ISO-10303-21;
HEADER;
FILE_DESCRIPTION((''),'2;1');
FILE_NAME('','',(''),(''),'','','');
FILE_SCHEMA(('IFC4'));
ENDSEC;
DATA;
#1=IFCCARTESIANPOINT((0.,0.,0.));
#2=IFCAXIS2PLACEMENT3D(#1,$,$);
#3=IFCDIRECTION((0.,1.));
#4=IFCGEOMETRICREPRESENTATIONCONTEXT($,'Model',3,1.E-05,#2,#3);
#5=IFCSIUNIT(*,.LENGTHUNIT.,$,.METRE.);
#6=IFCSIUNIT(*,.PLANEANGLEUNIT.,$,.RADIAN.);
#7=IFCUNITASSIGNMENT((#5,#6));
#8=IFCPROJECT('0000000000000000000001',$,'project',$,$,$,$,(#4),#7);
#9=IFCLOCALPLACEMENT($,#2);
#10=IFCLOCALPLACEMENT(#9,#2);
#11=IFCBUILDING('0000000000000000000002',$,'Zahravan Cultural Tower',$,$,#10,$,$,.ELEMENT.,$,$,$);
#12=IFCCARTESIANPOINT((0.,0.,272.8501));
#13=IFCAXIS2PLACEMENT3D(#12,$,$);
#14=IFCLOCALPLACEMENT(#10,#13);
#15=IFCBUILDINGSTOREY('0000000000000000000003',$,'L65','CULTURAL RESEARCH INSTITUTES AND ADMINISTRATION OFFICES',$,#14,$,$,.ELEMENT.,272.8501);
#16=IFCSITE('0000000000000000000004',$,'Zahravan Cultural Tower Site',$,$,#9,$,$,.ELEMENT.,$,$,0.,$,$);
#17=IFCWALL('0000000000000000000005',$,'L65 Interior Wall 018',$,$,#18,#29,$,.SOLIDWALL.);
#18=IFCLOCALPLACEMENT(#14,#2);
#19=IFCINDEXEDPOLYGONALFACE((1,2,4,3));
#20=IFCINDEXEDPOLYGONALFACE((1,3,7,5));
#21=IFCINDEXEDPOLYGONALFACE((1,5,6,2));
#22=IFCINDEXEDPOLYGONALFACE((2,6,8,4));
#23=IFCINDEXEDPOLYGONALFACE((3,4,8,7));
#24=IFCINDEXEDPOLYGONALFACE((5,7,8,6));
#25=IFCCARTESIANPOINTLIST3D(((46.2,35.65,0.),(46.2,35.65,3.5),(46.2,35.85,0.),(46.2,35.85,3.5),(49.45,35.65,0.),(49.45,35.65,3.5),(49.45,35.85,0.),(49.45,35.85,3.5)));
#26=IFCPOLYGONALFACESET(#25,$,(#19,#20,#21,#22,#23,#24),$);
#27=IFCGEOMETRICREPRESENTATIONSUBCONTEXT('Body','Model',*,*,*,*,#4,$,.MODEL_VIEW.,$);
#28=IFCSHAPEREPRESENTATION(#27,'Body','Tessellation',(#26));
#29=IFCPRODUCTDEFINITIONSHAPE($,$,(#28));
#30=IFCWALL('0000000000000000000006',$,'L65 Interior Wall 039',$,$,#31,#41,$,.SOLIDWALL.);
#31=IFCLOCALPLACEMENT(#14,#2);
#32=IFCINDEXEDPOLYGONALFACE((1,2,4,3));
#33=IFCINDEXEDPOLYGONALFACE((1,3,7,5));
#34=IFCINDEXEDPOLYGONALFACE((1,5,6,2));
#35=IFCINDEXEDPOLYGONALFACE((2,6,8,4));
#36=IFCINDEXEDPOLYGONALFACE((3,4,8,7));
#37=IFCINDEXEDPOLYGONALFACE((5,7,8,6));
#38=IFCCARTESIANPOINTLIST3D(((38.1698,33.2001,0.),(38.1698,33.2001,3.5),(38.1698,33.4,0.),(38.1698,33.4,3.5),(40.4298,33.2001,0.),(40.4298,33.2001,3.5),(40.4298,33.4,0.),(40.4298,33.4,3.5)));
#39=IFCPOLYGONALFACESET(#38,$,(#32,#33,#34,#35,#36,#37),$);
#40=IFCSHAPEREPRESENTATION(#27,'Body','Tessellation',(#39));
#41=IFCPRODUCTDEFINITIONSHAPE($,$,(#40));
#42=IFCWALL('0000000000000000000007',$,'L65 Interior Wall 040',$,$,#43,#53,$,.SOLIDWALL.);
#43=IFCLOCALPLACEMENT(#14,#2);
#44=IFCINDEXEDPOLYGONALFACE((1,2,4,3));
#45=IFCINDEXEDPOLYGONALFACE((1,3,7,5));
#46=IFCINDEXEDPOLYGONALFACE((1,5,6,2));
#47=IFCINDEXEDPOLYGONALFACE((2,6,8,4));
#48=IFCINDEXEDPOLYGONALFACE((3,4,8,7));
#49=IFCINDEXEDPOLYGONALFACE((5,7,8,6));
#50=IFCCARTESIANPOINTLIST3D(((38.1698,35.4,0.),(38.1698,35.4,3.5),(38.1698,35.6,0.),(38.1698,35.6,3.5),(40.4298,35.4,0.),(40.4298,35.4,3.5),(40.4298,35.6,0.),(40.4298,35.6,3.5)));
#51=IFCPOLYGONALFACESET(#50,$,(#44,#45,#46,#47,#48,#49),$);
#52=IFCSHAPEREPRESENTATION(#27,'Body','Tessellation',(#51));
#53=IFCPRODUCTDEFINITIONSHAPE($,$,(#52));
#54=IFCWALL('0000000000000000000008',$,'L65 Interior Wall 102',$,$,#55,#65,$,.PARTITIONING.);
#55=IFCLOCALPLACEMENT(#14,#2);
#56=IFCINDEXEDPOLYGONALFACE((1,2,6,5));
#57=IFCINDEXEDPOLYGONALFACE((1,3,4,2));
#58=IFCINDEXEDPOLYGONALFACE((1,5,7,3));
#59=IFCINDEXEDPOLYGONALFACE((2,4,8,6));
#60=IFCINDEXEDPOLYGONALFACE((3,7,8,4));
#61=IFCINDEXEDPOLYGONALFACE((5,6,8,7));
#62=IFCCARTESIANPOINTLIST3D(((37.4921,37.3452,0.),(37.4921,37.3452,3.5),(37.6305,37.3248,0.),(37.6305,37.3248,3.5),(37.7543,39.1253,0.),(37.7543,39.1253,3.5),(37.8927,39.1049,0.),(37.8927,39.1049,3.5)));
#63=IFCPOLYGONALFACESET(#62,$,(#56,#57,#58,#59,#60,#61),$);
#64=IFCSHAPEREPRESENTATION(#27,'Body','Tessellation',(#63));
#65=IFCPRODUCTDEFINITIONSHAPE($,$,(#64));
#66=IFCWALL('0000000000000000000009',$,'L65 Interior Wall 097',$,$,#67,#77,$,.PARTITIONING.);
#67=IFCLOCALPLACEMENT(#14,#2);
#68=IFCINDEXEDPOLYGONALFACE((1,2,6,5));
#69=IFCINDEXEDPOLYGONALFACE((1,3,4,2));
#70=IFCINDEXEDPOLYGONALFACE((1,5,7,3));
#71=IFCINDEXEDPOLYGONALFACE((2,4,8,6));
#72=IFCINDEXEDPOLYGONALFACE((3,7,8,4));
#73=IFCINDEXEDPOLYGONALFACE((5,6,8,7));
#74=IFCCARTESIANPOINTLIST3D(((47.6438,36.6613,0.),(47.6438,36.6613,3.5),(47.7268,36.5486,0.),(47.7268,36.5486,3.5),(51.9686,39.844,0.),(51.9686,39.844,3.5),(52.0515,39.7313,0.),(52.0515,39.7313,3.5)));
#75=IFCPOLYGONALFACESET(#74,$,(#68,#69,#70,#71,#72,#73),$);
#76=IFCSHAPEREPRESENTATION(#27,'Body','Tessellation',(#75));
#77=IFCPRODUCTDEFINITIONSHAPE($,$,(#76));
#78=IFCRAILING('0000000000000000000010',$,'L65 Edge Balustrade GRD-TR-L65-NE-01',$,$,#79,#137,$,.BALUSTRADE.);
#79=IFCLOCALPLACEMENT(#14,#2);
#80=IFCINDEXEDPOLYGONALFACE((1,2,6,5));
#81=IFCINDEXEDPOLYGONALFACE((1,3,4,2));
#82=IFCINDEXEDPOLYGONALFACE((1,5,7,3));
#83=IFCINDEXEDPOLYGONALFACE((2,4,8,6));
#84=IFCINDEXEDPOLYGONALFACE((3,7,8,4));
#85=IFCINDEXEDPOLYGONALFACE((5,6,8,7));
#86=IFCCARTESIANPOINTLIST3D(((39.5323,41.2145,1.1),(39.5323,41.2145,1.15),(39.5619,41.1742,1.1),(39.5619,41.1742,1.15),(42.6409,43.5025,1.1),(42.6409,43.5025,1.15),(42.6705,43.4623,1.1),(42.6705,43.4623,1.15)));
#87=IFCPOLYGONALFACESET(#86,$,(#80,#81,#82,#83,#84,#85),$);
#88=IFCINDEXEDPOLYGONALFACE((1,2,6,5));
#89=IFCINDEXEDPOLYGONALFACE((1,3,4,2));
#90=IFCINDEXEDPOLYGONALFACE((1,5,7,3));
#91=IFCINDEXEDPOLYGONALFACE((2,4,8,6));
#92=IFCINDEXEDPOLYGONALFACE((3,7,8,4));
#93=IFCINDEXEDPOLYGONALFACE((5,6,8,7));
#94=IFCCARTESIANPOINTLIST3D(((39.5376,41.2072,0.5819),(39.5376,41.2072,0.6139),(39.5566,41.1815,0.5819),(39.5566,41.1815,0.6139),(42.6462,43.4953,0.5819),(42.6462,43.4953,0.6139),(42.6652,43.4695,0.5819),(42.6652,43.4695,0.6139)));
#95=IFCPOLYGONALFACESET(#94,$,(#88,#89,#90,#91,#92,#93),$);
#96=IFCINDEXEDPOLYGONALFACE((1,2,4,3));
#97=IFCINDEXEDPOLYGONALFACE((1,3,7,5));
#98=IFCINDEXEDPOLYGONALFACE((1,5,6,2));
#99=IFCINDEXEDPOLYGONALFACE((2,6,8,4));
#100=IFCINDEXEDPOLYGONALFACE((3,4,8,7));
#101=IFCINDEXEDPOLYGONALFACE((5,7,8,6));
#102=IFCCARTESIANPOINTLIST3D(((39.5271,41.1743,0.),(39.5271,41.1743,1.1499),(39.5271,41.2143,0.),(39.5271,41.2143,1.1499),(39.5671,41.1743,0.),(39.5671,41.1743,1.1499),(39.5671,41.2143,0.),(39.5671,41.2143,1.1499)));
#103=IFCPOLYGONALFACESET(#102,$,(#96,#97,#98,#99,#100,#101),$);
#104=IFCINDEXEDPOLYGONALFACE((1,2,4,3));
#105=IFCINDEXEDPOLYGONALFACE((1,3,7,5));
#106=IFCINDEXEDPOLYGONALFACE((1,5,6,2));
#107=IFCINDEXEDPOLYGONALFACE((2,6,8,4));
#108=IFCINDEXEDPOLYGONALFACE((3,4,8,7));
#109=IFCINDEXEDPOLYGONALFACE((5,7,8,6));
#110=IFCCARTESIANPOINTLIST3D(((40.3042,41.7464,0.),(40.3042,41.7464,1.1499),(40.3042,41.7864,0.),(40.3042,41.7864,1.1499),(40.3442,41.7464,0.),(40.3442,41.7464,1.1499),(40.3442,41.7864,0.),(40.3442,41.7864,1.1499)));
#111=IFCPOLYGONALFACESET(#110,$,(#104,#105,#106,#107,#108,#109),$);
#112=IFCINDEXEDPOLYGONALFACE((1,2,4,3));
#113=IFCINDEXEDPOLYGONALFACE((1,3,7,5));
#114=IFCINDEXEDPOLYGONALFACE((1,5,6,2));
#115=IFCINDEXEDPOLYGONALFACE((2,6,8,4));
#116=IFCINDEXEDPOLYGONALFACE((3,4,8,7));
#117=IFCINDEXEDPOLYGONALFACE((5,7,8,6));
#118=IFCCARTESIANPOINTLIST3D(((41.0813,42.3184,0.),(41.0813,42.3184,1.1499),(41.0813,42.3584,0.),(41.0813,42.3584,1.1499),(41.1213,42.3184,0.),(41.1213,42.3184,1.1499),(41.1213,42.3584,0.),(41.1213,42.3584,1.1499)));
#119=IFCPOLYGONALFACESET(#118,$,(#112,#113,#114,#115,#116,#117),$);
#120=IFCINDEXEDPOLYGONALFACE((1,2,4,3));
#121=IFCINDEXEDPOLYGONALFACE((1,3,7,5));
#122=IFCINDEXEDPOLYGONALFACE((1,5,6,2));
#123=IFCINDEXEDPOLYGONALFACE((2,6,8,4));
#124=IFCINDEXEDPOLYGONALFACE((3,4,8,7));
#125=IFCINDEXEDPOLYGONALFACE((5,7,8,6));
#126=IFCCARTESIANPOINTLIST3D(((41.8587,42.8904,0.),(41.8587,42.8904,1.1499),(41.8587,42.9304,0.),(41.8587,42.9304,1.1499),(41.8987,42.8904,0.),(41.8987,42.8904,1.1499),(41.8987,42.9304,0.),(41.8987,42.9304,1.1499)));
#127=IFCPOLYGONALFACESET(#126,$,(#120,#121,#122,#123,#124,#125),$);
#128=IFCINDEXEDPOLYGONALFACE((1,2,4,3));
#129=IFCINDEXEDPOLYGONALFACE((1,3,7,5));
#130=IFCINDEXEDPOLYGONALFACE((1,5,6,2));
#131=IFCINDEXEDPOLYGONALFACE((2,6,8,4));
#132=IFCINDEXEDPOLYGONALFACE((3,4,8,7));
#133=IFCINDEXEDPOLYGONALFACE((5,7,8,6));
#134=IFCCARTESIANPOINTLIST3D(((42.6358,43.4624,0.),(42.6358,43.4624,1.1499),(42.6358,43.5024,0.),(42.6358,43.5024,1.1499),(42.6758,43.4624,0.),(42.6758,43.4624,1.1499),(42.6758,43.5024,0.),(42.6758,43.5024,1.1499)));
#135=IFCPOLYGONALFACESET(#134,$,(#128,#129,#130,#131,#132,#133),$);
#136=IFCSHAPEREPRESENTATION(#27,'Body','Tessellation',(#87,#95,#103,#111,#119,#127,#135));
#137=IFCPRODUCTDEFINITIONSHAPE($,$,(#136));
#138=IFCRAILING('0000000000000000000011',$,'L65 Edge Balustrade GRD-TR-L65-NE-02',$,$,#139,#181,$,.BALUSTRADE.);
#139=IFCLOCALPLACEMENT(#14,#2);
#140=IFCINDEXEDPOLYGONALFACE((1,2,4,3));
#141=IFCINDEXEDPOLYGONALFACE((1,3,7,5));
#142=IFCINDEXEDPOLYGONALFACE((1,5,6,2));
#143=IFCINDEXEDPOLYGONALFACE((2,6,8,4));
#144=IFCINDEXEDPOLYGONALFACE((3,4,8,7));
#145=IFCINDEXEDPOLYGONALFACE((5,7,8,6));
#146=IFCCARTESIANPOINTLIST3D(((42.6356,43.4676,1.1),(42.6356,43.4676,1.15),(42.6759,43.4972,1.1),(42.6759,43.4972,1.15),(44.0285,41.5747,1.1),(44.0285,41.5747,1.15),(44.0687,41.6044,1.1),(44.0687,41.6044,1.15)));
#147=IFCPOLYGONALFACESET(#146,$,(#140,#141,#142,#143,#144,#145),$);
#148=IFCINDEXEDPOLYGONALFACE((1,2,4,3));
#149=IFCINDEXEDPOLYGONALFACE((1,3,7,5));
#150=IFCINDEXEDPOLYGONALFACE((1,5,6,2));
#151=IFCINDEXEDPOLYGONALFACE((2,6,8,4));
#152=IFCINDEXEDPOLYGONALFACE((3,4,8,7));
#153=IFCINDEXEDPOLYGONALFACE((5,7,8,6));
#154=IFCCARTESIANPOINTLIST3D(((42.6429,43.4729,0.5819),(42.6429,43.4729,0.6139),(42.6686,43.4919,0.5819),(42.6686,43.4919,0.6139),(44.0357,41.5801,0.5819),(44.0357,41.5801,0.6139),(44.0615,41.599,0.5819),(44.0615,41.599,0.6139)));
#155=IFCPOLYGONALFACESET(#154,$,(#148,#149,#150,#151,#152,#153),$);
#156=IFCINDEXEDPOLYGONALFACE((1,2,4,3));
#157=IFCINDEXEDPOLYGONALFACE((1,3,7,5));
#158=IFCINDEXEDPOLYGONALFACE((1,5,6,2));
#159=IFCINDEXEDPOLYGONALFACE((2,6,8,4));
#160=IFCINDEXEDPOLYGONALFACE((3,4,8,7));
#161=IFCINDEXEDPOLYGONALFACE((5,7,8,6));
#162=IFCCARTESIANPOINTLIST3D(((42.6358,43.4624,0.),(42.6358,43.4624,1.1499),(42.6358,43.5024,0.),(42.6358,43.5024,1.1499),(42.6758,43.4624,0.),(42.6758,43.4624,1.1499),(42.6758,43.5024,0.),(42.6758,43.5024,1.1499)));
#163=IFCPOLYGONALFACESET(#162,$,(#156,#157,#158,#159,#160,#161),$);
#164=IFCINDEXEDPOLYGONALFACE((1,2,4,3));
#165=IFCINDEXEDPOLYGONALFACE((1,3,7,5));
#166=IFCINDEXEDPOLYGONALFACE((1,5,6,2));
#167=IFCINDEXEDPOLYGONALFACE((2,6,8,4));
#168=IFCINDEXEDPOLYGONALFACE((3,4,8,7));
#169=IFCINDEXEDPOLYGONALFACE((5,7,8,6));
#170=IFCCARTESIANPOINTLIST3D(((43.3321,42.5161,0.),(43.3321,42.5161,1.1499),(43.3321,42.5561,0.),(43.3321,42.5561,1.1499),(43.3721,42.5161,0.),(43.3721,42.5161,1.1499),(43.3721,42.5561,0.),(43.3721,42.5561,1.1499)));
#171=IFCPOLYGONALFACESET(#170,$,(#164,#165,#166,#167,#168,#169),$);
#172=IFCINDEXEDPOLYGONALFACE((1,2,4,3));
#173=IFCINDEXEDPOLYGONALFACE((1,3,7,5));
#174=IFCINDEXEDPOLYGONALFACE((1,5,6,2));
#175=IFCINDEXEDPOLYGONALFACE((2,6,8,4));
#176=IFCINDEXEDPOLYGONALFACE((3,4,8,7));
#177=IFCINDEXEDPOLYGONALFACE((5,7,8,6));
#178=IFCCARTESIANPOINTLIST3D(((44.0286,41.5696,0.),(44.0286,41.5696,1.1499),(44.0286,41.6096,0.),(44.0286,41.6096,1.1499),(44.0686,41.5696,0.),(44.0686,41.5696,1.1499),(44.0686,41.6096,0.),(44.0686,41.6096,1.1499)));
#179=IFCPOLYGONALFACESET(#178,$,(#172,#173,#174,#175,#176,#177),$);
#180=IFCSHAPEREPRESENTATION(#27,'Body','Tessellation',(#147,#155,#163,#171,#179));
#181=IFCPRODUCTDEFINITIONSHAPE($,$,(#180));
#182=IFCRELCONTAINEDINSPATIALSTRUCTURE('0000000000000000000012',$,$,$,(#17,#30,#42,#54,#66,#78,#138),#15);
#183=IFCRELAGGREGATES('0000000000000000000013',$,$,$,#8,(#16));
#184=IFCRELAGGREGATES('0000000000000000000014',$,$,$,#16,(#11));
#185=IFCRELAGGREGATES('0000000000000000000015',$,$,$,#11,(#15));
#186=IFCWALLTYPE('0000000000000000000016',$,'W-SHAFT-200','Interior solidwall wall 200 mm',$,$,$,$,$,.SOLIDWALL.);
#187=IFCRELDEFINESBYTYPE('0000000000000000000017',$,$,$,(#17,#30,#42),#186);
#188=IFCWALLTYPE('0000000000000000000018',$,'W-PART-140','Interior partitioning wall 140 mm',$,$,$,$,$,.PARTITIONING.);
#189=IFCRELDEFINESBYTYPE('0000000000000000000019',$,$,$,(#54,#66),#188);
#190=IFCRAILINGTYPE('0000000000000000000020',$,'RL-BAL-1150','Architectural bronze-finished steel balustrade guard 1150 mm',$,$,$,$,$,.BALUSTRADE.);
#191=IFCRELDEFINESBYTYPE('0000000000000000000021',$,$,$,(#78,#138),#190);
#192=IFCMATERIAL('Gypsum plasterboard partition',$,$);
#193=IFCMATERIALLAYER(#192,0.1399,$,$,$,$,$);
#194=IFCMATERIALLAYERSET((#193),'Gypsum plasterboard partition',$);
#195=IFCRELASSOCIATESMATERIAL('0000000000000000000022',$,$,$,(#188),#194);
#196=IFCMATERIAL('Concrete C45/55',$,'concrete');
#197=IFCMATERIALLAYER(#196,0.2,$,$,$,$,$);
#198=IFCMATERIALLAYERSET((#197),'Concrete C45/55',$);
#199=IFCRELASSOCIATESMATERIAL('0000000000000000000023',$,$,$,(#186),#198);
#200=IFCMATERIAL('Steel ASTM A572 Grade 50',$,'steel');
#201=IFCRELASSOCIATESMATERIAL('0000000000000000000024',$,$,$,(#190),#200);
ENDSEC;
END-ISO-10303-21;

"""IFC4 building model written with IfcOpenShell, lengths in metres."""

from ifc_helpers import new_model, si_unit, direction, frame, frame_2d, origin, origin_2d, place, context, subcontext, project, spatial, rectangle, extrude, source, transform, mapped, material, layer, layer_set, type_object, element, save


model = new_model("IFC4")

# Units and contexts
model_context = context("Model", 3, precision=1e-05, world=origin(), true_north=direction((0.0, 1.0)))
body_context = subcontext(model_context, "Body", "Model", "MODEL_VIEW")
ifc_project = project(units=[si_unit("LENGTHUNIT", "METRE"), si_unit("PLANEANGLEUNIT", "RADIAN")], contexts=[model_context])

# Site, building, storey
site_placement = place(None, origin())
site = spatial("IfcSite", under=ifc_project, at=site_placement, Name="Zahravan Cultural Tower Site", CompositionType="ELEMENT", RefElevation=0.0)
building_placement = place(site_placement, origin())
building = spatial("IfcBuilding", under=site, at=building_placement, Name="Zahravan Cultural Tower", CompositionType="ELEMENT")
storey_placement = place(building_placement, frame((0.0, 0.0, 272.8501)))
storey = spatial("IfcBuildingStorey", under=building, at=storey_placement, Name="L65", Description="CULTURAL RESEARCH INSTITUTES AND ADMINISTRATION OFFICES", CompositionType="ELEMENT", Elevation=272.8501)

# Shared definitions
ifc_material_1 = material(Name="Gypsum plasterboard partition")
ifc_layer_1 = layer(ifc_material_1, 0.1399)
ifc_layer_set_1 = layer_set([ifc_layer_1], Name="Gypsum plasterboard partition")
wall_type_1 = type_object("IfcWallType", Name="W-PART-140", Description="Interior partitioning wall 140 mm", PredefinedType="PARTITIONING", material=ifc_layer_set_1)
ifc_material_2 = material(Name="Concrete C45/55", Category="concrete")
ifc_layer_2 = layer(ifc_material_2, 0.2)
ifc_layer_set_2 = layer_set([ifc_layer_2], Name="Concrete C45/55")
wall_type_2 = type_object("IfcWallType", Name="W-SHAFT-200", Description="Interior solidwall wall 200 mm", PredefinedType="SOLIDWALL", material=ifc_layer_set_2)
ifc_material_3 = material(Name="Steel ASTM A572 Grade 50", Category="steel")

# Walls
shared_shape_1 = source(origin(), body_context, "Body", "SweptSolid", [
    extrude(rectangle(XDim=3.25, YDim=0.2, at=frame_2d((1.625, 0.0))), origin(), (0.0, 0.0, 1.0), 3.5),
])
wall_1_placement = place(storey_placement, frame((46.2, 35.75, 0.0), z_axis=(0.0, 0.0, 1.0), x_axis=(1.0, 0.0, 0.0)))
element("IfcWall", 1, at=wall_1_placement, inside=storey, type_object=wall_type_2, Name="L65 Interior Wall 018", PredefinedType="SOLIDWALL", context=body_context, shape_type="MappedRepresentation", body=[
    mapped(shared_shape_1, transform((0.0, 0.0, 0.0), x_axis=(1.0, 0.0, 0.0), y_axis=(0.0, 1.0, 0.0), z_axis=(0.0, 0.0, 1.0), scale=1.0)),
])
shared_shape_2 = source(origin(), body_context, "Body", "SweptSolid", [
    extrude(rectangle(XDim=2.26, YDim=0.2, at=frame_2d((1.1299, 0.0))), origin(), (0.0, 0.0, 1.0), 3.5),
])
for number, where, z_axis, x_axis, name in (
    (2, (38.1699, 33.3, 0.0), (0.0, 0.0, 1.0), (1.0, 0.0, 0.0), "L65 Interior Wall 039"),
    (3, (38.1699, 35.5, 0.0), (0.0, 0.0, 1.0), (1.0, 0.0, 0.0), "L65 Interior Wall 040"),
):
    element("IfcWall", number, at=place(storey_placement, frame(where, z_axis=z_axis, x_axis=x_axis)), inside=storey, type_object=wall_type_2, Name=name, PredefinedType="SOLIDWALL", context=body_context, shape_type="MappedRepresentation", body=[
        mapped(shared_shape_2, transform((0.0, 0.0, 0.0), x_axis=(1.0, 0.0, 0.0), y_axis=(0.0, 1.0, 0.0), z_axis=(0.0, 0.0, 1.0), scale=1.0)),
    ])
shared_shape_3 = source(origin(), body_context, "Body", "SweptSolid", [
    extrude(rectangle(XDim=1.7993, YDim=0.1399, at=frame_2d((0.8997, 0.0))), origin(), (0.0, 0.0, 1.0), 3.5),
])
wall_2_placement = place(storey_placement, frame((37.5613, 37.335, 0.0), z_axis=(0.0, 0.0, 1.0), x_axis=(0.145732, 0.989324, 0.0)))
element("IfcWall", 4, at=wall_2_placement, inside=storey, type_object=wall_type_1, Name="L65 Interior Wall 102", PredefinedType="PARTITIONING", context=body_context, shape_type="MappedRepresentation", body=[
    mapped(shared_shape_3, transform((0.0, 0.0, 0.0), x_axis=(1.0, 0.0, 0.0), y_axis=(0.0, 1.0, 0.0), z_axis=(0.0, 0.0, 1.0), scale=1.0)),
])
shared_shape_4 = source(origin(), body_context, "Body", "SweptSolid", [
    extrude(rectangle(XDim=5.3696, YDim=0.1399, at=frame_2d((2.6848, 0.0))), origin(), (0.0, 0.0, 1.0), 3.5),
])
wall_3_placement = place(storey_placement, frame((47.6853, 36.605, 0.0), z_axis=(0.0, 0.0, 1.0), x_axis=(0.805412, 0.592715, 0.0)))
element("IfcWall", 5, at=wall_3_placement, inside=storey, type_object=wall_type_1, Name="L65 Interior Wall 097", PredefinedType="PARTITIONING", context=body_context, shape_type="MappedRepresentation", body=[
    mapped(shared_shape_4, transform((0.0, 0.0, 0.0), x_axis=(1.0, 0.0, 0.0), y_axis=(0.0, 1.0, 0.0), z_axis=(0.0, 0.0, 1.0), scale=1.0)),
])

# Railings
railing_type = type_object("IfcRailingType", Name="RL-BAL-1150", Description="Architectural bronze-finished steel balustrade guard 1150 mm", PredefinedType="BALUSTRADE", material=ifc_material_3)
railing_1_placement = place(storey_placement, frame((39.5471, 41.1943, 0.0)))
element("IfcRailing", 6, at=railing_1_placement, inside=storey, type_object=railing_type, Name="L65 Edge Balustrade GRD-TR-L65-NE-01", PredefinedType="BALUSTRADE", context=body_context, shape_type="SweptSolid", body=[
    extrude(rectangle(XDim=0.05, YDim=0.05, at=origin_2d()), frame((0.0, 0.0, 1.125), z_axis=(0.805364, 0.59278, 0.0), x_axis=(-0.59278, 0.805364, 0.0)), (0.0, 0.0, 1.0), 3.8599),
    extrude(rectangle(XDim=0.032, YDim=0.032, at=origin_2d()), frame((0.0, 0.0, 0.5979), z_axis=(0.805364, 0.59278, 0.0), x_axis=(-0.59278, 0.805364, 0.0)), (0.0, 0.0, 1.0), 3.8599),
    extrude(rectangle(XDim=0.04, YDim=0.04, at=origin_2d()), origin(), (0.0, 0.0, 1.0), 1.1499),
    extrude(rectangle(XDim=0.04, YDim=0.04, at=origin_2d()), frame((0.7771, 0.572, 0.0)), (0.0, 0.0, 1.0), 1.1499),
    extrude(rectangle(XDim=0.04, YDim=0.04, at=origin_2d()), frame((1.5542, 1.144, 0.0)), (0.0, 0.0, 1.0), 1.1499),
    extrude(rectangle(XDim=0.04, YDim=0.04, at=origin_2d()), frame((2.3315, 1.7161, 0.0)), (0.0, 0.0, 1.0), 1.1499),
    extrude(rectangle(XDim=0.04, YDim=0.04, at=origin_2d()), frame((3.1086, 2.2881, 0.0)), (0.0, 0.0, 1.0), 1.1499),
])
railing_2_placement = place(storey_placement, frame((42.6558, 43.4824, 0.0)))
element("IfcRailing", 7, at=railing_2_placement, inside=storey, type_object=railing_type, Name="L65 Edge Balustrade GRD-TR-L65-NE-02", PredefinedType="BALUSTRADE", context=body_context, shape_type="SweptSolid", body=[
    extrude(rectangle(XDim=0.05, YDim=0.05, at=origin_2d()), frame((0.0, 0.0, 1.125), z_axis=(0.592678, -0.80544, 0.0), x_axis=(0.80544, 0.592678, 0.0)), (0.0, 0.0, 1.0), 2.3501),
    extrude(rectangle(XDim=0.032, YDim=0.032, at=origin_2d()), frame((0.0, 0.0, 0.5979), z_axis=(0.592678, -0.80544, 0.0), x_axis=(0.80544, 0.592678, 0.0)), (0.0, 0.0, 1.0), 2.3501),
    extrude(rectangle(XDim=0.04, YDim=0.04, at=origin_2d()), origin(), (0.0, 0.0, 1.0), 1.1499),
    extrude(rectangle(XDim=0.04, YDim=0.04, at=origin_2d()), frame((0.6963, -0.9463, 0.0)), (0.0, 0.0, 1.0), 1.1499),
    extrude(rectangle(XDim=0.04, YDim=0.04, at=origin_2d()), frame((1.3928, -1.8928, 0.0)), (0.0, 0.0, 1.0), 1.1499),
])

save(model, "model.ifc")
